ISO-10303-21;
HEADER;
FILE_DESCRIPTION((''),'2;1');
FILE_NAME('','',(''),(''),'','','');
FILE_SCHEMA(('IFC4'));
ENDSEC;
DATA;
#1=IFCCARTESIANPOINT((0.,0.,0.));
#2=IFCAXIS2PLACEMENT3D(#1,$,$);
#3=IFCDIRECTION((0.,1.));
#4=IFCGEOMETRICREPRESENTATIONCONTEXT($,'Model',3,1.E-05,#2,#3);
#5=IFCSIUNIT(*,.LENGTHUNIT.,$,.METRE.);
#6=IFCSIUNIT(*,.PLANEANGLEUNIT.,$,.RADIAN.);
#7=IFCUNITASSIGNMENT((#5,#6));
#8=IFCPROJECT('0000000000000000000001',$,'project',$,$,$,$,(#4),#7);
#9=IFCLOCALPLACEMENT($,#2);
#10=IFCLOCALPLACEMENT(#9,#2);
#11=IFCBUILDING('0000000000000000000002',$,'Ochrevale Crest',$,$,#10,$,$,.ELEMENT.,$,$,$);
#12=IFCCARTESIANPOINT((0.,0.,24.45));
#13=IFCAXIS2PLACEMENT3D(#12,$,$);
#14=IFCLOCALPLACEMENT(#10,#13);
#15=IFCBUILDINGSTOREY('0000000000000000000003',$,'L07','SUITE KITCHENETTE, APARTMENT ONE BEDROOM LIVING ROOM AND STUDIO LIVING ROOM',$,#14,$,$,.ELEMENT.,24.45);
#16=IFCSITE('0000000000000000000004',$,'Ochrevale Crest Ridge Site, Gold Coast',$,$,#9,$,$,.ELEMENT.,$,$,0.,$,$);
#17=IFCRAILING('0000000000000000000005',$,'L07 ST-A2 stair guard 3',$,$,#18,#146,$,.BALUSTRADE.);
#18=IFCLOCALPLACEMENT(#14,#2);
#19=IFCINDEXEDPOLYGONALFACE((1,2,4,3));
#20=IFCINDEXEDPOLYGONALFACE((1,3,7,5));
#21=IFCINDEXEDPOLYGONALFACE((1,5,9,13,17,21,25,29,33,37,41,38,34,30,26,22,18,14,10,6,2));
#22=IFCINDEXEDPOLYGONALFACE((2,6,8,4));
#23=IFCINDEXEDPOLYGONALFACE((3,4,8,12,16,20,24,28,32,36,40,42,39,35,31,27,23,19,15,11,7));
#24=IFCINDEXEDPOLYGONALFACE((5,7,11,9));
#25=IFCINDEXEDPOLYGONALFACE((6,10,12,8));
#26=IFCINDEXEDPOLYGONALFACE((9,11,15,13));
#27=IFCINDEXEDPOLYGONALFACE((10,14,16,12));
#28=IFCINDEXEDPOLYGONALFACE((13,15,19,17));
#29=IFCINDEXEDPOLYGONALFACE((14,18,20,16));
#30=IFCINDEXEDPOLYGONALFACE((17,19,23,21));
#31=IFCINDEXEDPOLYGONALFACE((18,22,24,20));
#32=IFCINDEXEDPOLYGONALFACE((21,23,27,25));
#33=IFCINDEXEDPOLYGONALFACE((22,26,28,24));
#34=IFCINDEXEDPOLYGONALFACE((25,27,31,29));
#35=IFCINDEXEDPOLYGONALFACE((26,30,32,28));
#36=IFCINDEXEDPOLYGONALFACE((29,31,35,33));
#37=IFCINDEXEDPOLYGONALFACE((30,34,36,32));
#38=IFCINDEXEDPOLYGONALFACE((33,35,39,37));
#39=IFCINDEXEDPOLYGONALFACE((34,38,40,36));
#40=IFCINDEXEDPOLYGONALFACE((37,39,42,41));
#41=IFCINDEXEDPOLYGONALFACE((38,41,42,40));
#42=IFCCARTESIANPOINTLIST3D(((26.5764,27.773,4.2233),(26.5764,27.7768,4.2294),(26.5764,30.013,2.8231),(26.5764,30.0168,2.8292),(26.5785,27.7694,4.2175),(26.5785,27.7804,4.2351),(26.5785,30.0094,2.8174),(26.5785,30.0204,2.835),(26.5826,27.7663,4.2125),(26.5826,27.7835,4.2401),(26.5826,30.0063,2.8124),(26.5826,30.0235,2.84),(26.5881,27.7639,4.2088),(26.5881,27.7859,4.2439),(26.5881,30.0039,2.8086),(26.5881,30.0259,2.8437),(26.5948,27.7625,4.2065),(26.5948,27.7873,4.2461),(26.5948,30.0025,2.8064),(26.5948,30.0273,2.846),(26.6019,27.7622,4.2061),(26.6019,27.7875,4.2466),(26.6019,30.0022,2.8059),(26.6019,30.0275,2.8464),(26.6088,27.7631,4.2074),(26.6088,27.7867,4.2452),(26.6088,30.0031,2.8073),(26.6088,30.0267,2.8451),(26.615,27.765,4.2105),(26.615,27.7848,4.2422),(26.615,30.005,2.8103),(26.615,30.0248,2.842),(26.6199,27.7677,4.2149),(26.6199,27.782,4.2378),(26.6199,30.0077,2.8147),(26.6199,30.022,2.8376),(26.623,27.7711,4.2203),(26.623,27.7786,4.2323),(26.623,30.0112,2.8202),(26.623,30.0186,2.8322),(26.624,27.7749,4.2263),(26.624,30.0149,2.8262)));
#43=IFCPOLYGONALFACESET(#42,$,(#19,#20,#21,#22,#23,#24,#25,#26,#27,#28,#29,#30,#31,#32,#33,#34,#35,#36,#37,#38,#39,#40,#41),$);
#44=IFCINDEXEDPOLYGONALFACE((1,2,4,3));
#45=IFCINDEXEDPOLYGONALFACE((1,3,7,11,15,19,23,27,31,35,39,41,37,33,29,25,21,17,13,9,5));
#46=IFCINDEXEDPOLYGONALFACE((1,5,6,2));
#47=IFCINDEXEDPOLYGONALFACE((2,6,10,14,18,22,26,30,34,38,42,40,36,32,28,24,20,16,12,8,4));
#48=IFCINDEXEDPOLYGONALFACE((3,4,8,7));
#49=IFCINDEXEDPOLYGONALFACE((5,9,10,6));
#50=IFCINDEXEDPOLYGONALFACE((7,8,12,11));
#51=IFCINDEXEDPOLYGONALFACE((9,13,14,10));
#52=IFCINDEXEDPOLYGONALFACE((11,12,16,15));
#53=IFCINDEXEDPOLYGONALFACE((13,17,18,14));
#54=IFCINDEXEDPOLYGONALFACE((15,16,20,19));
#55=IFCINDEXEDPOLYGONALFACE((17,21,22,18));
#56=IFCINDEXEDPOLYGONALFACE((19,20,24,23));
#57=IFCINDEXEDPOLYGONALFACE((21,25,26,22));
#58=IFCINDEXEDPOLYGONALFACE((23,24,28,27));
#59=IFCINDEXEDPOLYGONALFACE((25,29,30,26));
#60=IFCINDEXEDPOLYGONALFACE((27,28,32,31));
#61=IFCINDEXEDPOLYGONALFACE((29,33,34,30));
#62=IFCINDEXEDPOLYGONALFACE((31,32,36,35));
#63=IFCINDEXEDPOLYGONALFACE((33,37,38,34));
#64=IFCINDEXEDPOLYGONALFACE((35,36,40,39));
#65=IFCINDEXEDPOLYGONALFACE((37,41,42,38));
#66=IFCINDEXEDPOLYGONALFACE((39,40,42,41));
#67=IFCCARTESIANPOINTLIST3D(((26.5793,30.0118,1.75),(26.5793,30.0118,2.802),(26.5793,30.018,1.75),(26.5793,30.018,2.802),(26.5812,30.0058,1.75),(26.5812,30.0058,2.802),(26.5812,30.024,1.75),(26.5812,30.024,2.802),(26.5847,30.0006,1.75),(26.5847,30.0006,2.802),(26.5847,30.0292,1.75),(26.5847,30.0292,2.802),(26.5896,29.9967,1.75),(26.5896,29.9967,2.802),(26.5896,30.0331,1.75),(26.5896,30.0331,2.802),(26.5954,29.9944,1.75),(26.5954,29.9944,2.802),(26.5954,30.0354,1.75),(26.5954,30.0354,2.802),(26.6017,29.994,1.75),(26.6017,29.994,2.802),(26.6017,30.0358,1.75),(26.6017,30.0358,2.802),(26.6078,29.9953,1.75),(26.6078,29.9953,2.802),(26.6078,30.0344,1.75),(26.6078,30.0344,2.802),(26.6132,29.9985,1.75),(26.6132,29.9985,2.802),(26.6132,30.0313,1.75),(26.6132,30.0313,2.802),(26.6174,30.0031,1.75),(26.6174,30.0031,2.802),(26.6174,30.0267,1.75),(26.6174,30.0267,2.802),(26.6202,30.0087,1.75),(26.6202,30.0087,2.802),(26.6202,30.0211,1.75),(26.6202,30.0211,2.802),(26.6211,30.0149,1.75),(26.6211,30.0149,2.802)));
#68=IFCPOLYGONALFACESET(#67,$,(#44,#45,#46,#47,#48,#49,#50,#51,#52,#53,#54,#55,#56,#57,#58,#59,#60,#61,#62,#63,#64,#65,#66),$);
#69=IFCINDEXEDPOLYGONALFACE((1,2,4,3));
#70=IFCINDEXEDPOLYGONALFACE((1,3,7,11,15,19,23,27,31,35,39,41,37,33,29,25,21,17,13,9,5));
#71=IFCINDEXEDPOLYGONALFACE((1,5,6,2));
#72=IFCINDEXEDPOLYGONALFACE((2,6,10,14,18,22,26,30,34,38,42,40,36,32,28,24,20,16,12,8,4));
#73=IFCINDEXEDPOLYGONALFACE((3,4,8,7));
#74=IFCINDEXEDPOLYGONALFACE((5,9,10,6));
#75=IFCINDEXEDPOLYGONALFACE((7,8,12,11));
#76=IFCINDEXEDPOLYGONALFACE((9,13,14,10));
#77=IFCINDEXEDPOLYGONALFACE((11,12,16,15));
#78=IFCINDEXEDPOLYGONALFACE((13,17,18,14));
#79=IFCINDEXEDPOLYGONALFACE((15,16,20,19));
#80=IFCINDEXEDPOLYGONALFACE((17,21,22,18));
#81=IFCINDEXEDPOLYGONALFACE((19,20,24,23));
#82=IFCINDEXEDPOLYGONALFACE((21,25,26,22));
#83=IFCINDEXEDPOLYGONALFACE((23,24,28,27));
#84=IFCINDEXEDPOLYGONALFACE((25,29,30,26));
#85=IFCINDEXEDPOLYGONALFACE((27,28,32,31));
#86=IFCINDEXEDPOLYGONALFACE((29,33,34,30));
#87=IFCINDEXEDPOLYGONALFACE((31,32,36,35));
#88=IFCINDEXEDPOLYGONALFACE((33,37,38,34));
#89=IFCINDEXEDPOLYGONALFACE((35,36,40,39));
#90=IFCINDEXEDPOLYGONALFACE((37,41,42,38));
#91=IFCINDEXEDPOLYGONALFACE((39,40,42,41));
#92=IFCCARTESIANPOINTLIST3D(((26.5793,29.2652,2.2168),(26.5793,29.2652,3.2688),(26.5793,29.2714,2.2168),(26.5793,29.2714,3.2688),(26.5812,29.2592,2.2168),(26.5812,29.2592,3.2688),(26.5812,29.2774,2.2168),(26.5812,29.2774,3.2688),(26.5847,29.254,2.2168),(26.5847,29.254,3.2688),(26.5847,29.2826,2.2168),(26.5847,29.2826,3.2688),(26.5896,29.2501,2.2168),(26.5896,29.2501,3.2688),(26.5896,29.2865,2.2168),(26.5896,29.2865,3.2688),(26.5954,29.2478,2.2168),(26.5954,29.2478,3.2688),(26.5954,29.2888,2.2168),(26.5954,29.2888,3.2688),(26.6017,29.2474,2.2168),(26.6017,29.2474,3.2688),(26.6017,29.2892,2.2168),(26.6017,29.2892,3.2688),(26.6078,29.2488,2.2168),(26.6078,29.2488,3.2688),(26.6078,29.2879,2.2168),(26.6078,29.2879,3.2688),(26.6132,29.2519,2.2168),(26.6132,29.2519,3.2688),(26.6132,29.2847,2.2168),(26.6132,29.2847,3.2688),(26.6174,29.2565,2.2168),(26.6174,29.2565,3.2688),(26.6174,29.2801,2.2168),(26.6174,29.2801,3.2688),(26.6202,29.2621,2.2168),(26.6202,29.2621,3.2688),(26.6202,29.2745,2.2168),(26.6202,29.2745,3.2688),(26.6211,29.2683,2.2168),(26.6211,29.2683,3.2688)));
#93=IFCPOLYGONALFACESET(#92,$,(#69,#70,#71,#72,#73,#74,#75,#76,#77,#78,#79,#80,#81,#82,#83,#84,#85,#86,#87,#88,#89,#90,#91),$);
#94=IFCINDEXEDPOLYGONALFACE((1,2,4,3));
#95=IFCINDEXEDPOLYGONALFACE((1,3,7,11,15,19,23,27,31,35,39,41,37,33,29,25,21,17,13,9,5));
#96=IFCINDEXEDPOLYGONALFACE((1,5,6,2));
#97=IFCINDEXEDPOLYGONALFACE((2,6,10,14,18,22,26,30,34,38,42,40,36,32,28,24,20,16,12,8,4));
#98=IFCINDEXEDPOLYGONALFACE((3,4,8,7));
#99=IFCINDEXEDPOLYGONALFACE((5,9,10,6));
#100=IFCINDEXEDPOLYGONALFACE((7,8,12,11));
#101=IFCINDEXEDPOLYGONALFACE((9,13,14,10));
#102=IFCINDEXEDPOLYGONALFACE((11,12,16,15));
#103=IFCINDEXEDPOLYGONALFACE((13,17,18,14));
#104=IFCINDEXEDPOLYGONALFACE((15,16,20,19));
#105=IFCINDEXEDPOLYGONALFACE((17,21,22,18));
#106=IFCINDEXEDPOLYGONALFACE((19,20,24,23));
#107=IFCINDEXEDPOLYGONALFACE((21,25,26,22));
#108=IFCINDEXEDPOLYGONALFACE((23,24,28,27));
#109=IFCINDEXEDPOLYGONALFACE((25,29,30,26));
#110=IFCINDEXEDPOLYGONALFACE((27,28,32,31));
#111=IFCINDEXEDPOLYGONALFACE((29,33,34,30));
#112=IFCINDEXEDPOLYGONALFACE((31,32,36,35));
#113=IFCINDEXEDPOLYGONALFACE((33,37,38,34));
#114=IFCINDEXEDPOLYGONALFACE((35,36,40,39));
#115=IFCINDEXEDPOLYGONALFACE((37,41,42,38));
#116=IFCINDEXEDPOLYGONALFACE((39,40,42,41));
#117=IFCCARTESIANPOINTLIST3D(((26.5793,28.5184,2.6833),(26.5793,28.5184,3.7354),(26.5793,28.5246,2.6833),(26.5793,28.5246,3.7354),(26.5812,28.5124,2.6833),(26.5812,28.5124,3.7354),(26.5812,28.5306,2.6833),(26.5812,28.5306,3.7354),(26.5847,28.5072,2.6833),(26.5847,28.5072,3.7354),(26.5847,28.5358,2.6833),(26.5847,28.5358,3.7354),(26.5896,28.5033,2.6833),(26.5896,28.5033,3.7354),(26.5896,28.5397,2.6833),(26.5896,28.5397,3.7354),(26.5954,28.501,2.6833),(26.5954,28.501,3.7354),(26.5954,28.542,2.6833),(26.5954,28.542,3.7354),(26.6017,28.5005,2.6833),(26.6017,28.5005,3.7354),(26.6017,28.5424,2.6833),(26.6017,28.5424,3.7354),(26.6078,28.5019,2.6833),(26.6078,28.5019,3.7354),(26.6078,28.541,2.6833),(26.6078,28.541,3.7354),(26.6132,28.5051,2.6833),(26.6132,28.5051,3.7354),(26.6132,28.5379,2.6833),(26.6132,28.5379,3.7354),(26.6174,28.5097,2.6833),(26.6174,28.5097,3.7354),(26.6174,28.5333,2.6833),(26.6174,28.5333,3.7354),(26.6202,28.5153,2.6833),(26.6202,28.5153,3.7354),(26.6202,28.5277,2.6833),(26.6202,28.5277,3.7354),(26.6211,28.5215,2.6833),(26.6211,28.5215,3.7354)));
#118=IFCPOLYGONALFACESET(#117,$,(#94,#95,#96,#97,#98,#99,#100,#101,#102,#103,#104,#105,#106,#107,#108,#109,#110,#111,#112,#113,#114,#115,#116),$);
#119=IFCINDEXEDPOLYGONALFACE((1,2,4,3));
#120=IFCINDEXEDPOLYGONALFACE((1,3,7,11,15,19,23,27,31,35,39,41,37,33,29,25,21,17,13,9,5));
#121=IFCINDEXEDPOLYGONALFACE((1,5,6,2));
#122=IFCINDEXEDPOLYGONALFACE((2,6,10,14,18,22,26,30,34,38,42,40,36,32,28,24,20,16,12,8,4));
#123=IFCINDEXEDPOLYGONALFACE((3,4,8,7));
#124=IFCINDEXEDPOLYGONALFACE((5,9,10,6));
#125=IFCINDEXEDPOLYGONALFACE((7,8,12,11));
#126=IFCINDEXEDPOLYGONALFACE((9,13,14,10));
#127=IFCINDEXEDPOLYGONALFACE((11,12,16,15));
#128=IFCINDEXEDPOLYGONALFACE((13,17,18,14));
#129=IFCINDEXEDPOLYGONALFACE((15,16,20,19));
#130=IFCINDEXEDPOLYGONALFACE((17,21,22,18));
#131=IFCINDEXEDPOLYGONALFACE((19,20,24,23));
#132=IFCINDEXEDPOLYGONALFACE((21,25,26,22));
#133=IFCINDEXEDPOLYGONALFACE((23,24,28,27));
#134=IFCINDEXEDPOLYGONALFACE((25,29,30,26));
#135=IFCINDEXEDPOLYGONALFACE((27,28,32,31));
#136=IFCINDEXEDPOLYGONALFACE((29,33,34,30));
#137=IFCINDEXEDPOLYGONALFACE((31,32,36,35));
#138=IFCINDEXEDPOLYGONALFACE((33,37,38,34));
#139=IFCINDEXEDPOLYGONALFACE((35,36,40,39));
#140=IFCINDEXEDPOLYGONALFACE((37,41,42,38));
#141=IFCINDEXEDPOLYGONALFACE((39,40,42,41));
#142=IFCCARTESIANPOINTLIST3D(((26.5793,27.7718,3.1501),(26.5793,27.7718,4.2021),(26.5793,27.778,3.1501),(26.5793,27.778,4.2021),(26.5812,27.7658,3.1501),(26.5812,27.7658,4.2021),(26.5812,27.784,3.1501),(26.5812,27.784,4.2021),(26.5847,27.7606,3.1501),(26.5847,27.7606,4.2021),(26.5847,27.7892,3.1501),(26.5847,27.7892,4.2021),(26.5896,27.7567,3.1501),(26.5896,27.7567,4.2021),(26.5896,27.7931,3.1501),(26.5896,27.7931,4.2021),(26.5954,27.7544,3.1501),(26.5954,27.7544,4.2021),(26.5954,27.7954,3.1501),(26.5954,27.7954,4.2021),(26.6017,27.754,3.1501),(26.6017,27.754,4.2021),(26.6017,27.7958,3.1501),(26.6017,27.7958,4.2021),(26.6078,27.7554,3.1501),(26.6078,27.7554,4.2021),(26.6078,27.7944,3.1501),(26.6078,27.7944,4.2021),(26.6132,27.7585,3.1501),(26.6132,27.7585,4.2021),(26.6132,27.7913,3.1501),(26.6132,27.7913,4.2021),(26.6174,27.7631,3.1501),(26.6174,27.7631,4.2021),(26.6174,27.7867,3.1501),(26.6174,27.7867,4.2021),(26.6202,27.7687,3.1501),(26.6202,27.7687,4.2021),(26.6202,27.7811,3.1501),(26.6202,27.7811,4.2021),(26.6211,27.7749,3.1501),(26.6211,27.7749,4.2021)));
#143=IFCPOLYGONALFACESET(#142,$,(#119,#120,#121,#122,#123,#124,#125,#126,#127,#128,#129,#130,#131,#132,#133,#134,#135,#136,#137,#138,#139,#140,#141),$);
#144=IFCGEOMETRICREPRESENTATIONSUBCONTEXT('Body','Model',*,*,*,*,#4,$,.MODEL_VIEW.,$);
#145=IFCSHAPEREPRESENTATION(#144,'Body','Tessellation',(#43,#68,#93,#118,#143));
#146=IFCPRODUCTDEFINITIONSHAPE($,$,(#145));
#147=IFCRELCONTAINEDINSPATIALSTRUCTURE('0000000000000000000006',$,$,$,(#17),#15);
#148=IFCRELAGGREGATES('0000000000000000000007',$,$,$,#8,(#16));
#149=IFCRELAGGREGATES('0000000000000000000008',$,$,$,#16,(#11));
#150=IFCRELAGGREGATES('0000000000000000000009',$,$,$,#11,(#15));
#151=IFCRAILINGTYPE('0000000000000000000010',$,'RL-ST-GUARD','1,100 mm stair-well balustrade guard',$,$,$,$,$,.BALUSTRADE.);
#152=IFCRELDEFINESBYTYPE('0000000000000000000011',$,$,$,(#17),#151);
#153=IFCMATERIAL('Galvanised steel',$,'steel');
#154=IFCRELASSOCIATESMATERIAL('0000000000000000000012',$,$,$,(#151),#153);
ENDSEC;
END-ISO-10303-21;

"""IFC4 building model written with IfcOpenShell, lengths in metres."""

from ifc_helpers import new_model, si_unit, direction, frame, origin, origin_2d, place, context, subcontext, project, spatial, circle, extrude, material, type_object, element, save


model = new_model("IFC4")

# Units and contexts
model_context = context("Model", 3, precision=1e-05, world=origin(), true_north=direction((0.0, 1.0)))
body_context = subcontext(model_context, "Body", "Model", "MODEL_VIEW")
ifc_project = project(units=[si_unit("LENGTHUNIT", "METRE"), si_unit("PLANEANGLEUNIT", "RADIAN")], contexts=[model_context])

# Site, building, storey
site_placement = place(None, origin())
site = spatial("IfcSite", under=ifc_project, at=site_placement, Name="Ochrevale Crest Ridge Site, Gold Coast", CompositionType="ELEMENT", RefElevation=0.0)
building_placement = place(site_placement, origin())
building = spatial("IfcBuilding", under=site, at=building_placement, Name="Ochrevale Crest", CompositionType="ELEMENT")
storey_placement = place(building_placement, frame((0.0, 0.0, 24.45)))
storey = spatial("IfcBuildingStorey", under=building, at=storey_placement, Name="L07", Description="SUITE KITCHENETTE, APARTMENT ONE BEDROOM LIVING ROOM AND STUDIO LIVING ROOM", CompositionType="ELEMENT", Elevation=24.45)

# Railing
ifc_material_1 = material(Name="Galvanised steel", Category="steel")
railing_type_1 = type_object("IfcRailingType", Name="RL-ST-GUARD", Description="1,100 mm stair-well balustrade guard", PredefinedType="BALUSTRADE", material=ifc_material_1)
railing_1_placement = place(storey_placement, frame((26.6001, 30.0149, 1.75)))
element("IfcRailing", 1, at=railing_1_placement, inside=storey, type_object=railing_type_1, Name="L07 ST-A2 stair guard 3", PredefinedType="BALUSTRADE", context=body_context, shape_type="SweptSolid", body=[
    extrude(circle(Radius=0.0239, at=origin_2d()), frame((0.0, 0.0, 1.0762), z_axis=(0.0, -0.847972, 0.53004), x_axis=(1.0, 0.0, 0.0)), (0.0, 0.0, 1.0), 2.6416),
    extrude(circle(Radius=0.021, at=origin_2d()), origin(), (0.0, 0.0, 1.0), 1.052),
    extrude(circle(Radius=0.021, at=origin_2d()), frame((0.0, -0.7466, 0.4668)), (0.0, 0.0, 1.0), 1.052),
    extrude(circle(Radius=0.021, at=origin_2d()), frame((0.0, -1.4934, 0.9333)), (0.0, 0.0, 1.0), 1.052),
    extrude(circle(Radius=0.021, at=origin_2d()), frame((0.0, -2.24, 1.4001)), (0.0, 0.0, 1.0), 1.052),
])

save(model, "model.ifc")
